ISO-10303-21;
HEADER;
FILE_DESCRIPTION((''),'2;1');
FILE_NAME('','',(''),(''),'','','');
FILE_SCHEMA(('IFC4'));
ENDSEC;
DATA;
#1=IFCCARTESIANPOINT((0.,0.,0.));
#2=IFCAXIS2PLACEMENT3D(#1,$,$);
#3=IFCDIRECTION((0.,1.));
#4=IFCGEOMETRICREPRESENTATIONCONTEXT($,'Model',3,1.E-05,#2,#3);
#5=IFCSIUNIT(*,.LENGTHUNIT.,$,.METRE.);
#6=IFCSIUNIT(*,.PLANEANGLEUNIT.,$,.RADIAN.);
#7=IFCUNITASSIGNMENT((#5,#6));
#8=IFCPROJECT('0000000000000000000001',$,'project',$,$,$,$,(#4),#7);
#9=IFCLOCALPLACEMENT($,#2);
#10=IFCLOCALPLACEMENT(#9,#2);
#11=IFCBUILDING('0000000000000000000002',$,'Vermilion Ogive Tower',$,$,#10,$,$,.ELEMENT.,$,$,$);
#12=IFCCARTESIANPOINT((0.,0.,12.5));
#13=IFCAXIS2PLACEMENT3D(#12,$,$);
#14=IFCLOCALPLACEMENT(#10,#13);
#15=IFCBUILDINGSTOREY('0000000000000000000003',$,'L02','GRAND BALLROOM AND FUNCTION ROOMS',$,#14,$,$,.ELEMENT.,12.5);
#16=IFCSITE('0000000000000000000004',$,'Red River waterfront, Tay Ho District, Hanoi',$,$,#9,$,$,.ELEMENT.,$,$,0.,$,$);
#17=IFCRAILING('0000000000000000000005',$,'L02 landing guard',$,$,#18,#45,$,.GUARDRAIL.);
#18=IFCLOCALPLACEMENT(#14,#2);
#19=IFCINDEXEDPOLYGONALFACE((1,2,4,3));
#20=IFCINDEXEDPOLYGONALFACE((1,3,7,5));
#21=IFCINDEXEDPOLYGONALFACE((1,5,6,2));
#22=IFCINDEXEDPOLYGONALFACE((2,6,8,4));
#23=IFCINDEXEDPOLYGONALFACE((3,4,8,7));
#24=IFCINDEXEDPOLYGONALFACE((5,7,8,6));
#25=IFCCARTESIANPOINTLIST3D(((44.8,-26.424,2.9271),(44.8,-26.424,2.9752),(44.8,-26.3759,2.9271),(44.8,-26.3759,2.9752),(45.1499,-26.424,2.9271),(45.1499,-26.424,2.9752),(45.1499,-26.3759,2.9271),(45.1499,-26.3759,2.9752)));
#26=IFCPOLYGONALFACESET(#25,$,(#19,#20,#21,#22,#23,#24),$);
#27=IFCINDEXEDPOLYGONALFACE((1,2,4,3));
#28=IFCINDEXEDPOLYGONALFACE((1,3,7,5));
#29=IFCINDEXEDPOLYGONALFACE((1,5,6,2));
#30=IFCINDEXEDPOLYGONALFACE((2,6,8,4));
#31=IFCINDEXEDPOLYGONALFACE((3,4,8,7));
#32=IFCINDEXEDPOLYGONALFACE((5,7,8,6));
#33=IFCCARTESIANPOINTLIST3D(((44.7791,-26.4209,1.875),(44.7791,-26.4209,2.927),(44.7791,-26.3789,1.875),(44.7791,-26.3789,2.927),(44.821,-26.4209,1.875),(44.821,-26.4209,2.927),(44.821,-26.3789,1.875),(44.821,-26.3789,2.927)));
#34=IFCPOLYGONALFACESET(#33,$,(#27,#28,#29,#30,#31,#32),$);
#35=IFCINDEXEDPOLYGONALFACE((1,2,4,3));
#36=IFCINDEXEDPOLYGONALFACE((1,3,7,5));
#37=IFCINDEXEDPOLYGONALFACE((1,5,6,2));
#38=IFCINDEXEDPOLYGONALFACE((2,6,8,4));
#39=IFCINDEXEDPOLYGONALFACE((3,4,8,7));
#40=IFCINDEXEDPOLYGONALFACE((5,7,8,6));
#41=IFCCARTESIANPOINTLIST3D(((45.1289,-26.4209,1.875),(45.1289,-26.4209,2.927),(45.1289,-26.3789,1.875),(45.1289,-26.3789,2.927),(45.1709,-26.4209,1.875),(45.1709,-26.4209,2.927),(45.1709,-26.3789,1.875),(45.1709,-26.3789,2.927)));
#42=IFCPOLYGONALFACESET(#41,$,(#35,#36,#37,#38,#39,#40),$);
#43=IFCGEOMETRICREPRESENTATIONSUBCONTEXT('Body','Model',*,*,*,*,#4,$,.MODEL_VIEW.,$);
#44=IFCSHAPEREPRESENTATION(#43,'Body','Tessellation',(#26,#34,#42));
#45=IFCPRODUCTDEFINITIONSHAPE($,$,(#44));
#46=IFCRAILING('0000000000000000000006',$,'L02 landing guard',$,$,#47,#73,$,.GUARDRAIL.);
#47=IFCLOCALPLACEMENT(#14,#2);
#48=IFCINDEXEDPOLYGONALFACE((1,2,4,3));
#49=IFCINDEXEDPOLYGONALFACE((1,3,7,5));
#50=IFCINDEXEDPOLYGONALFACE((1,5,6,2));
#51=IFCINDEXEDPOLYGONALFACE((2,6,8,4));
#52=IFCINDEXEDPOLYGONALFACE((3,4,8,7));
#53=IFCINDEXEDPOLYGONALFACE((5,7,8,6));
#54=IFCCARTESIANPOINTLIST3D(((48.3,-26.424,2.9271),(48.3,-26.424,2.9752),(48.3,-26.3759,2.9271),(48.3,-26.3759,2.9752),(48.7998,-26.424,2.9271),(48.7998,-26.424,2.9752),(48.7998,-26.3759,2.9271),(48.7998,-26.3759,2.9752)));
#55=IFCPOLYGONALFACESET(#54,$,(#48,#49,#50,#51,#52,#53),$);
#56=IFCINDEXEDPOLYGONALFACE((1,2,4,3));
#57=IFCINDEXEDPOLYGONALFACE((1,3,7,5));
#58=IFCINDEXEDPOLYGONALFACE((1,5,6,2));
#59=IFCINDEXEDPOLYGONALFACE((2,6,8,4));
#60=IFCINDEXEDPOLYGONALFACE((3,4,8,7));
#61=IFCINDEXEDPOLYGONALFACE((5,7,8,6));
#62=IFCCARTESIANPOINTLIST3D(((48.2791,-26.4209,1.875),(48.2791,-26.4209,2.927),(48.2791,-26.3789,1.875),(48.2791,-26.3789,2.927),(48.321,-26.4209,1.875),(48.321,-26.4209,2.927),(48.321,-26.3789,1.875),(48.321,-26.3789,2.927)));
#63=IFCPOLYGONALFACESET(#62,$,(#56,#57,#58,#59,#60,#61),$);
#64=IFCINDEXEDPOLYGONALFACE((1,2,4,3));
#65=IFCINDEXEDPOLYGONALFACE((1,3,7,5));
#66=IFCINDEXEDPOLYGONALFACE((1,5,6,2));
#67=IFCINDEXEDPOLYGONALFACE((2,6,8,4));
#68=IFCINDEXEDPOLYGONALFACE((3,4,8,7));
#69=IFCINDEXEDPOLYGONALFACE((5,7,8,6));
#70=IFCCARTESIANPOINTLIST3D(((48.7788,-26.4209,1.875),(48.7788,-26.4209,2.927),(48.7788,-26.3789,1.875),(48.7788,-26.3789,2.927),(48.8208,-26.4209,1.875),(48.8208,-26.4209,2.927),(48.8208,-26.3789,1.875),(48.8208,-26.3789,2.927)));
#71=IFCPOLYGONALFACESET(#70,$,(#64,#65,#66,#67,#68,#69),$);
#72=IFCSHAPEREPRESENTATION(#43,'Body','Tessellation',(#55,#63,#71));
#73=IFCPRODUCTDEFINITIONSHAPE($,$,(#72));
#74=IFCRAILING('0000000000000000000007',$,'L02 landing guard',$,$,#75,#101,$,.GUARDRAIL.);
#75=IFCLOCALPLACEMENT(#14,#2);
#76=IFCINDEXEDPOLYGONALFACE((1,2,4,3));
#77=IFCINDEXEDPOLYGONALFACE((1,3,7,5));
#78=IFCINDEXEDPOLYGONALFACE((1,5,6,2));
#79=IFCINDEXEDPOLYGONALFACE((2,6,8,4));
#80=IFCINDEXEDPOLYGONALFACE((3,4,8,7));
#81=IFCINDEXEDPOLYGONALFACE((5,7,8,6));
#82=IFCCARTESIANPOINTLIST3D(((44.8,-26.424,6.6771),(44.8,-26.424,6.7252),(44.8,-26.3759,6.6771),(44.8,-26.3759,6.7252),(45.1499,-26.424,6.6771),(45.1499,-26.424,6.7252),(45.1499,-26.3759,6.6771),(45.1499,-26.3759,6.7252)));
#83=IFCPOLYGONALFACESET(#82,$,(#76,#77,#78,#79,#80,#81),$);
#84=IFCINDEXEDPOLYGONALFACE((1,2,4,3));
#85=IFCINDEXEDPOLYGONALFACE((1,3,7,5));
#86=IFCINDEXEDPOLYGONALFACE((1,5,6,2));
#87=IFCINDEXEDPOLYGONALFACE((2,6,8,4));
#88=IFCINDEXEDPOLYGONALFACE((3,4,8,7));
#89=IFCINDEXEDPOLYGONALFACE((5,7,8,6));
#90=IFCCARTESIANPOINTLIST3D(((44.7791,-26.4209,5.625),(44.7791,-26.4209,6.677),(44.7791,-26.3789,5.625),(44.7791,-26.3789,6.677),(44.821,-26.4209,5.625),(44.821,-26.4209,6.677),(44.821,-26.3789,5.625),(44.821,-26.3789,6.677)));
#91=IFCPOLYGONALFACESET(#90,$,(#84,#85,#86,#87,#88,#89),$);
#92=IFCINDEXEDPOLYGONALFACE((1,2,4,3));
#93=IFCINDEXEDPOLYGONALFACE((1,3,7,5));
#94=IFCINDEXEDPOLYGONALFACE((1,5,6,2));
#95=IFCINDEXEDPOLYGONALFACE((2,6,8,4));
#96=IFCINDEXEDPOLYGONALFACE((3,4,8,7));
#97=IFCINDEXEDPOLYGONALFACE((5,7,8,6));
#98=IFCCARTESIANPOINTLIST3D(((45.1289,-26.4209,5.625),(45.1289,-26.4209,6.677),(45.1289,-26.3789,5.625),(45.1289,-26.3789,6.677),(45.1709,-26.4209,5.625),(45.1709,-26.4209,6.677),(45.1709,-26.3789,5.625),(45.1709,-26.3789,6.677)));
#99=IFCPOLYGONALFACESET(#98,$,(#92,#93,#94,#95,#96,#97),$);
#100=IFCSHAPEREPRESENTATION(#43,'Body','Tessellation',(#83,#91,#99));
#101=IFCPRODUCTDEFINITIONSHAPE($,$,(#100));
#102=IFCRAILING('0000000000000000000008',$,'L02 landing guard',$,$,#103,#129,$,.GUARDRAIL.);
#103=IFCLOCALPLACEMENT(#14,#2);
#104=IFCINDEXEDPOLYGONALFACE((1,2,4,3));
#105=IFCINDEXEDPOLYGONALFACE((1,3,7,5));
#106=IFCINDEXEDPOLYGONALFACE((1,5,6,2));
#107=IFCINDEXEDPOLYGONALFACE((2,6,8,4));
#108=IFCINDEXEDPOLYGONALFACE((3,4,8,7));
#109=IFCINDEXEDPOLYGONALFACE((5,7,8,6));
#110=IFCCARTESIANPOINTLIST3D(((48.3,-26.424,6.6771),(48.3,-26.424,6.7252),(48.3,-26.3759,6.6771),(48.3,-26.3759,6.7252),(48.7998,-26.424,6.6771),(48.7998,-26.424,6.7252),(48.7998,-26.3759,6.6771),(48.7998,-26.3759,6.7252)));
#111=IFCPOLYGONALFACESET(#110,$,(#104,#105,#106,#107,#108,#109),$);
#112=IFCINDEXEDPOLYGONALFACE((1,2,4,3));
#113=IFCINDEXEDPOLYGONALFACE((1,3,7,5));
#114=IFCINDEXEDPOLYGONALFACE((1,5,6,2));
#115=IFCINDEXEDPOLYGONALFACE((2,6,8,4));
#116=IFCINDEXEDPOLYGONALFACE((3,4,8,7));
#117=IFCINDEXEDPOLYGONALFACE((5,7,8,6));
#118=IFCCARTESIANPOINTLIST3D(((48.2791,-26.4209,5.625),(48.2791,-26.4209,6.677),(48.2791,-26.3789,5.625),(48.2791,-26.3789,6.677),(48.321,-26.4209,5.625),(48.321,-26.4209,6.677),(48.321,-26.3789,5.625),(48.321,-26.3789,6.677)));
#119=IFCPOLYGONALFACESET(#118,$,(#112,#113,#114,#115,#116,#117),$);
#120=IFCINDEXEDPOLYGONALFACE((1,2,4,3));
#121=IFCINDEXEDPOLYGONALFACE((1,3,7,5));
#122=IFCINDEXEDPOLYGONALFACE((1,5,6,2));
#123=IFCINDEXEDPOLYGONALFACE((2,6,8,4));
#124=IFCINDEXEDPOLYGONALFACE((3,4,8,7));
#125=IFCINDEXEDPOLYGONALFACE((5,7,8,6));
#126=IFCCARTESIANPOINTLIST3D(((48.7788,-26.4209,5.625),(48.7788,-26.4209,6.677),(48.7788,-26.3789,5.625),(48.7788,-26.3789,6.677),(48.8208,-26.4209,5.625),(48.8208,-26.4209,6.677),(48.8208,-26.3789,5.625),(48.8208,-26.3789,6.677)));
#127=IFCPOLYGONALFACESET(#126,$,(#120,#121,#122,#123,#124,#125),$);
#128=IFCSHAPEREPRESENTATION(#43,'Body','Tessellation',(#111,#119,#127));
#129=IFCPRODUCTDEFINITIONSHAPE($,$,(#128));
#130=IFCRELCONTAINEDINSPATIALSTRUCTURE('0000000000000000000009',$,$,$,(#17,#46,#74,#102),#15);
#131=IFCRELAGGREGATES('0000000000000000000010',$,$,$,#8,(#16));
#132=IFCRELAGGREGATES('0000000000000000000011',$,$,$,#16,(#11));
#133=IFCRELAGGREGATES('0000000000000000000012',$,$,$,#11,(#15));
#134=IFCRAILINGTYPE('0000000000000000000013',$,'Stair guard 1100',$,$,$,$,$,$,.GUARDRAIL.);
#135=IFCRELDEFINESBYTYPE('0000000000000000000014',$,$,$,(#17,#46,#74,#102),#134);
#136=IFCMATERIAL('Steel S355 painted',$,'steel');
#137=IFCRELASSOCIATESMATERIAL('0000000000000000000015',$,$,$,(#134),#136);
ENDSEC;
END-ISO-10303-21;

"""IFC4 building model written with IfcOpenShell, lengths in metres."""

from ifc_helpers import new_model, si_unit, direction, frame, origin, origin_2d, place, context, subcontext, project, spatial, rectangle, extrude, material, type_object, element, save


model = new_model("IFC4")

# Units and contexts
model_context = context("Model", 3, precision=1e-05, world=origin(), true_north=direction((0.0, 1.0)))
body_context = subcontext(model_context, "Body", "Model", "MODEL_VIEW")
ifc_project = project(units=[si_unit("LENGTHUNIT", "METRE"), si_unit("PLANEANGLEUNIT", "RADIAN")], contexts=[model_context])

# Site, building, storey
site_placement = place(None, origin())
site = spatial("IfcSite", under=ifc_project, at=site_placement, Name="Red River waterfront, Tay Ho District, Hanoi", CompositionType="ELEMENT", RefElevation=0.0)
building_placement = place(site_placement, origin())
building = spatial("IfcBuilding", under=site, at=building_placement, Name="Vermilion Ogive Tower", CompositionType="ELEMENT")
storey_placement = place(building_placement, frame((0.0, 0.0, 12.5)))
storey = spatial("IfcBuildingStorey", under=building, at=storey_placement, Name="L02", Description="GRAND BALLROOM AND FUNCTION ROOMS", CompositionType="ELEMENT", Elevation=12.5)

# Railings
ifc_material_1 = material(Name="Steel S355 painted", Category="steel")
railing_type_1 = type_object("IfcRailingType", Name="Stair guard 1100", PredefinedType="GUARDRAIL", material=ifc_material_1)
railing_1_placement = place(storey_placement, frame((44.8, -26.3999, 1.875)))
element("IfcRailing", 1, at=railing_1_placement, inside=storey, type_object=railing_type_1, Name="L02 landing guard", PredefinedType="GUARDRAIL", context=body_context, shape_type="SweptSolid", body=[
    extrude(rectangle(XDim=0.0481, YDim=0.0481, at=origin_2d()), frame((0.0, 0.0, 1.0762), z_axis=(1.0, 0.0, 0.0), x_axis=(0.0, 1.0, 0.0)), (0.0, 0.0, 1.0), 0.3499),
    extrude(rectangle(XDim=0.042, YDim=0.042, at=origin_2d()), origin(), (0.0, 0.0, 1.0), 1.052),
    extrude(rectangle(XDim=0.042, YDim=0.042, at=origin_2d()), frame((0.3499, 0.0, 0.0)), (0.0, 0.0, 1.0), 1.052),
])
railing_2_placement = place(storey_placement, frame((48.3, -26.3999, 1.875)))
element("IfcRailing", 2, at=railing_2_placement, inside=storey, type_object=railing_type_1, Name="L02 landing guard", PredefinedType="GUARDRAIL", context=body_context, shape_type="SweptSolid", body=[
    extrude(rectangle(XDim=0.0481, YDim=0.0481, at=origin_2d()), frame((0.0, 0.0, 1.0762), z_axis=(1.0, 0.0, 0.0), x_axis=(0.0, 1.0, 0.0)), (0.0, 0.0, 1.0), 0.4998),
    extrude(rectangle(XDim=0.042, YDim=0.042, at=origin_2d()), origin(), (0.0, 0.0, 1.0), 1.052),
    extrude(rectangle(XDim=0.042, YDim=0.042, at=origin_2d()), frame((0.4998, 0.0, 0.0)), (0.0, 0.0, 1.0), 1.052),
])
railing_3_placement = place(storey_placement, frame((44.8, -26.3999, 5.625)))
element("IfcRailing", 3, at=railing_3_placement, inside=storey, type_object=railing_type_1, Name="L02 landing guard", PredefinedType="GUARDRAIL", context=body_context, shape_type="SweptSolid", body=[
    extrude(rectangle(XDim=0.0481, YDim=0.0481, at=origin_2d()), frame((0.0, 0.0, 1.0762), z_axis=(1.0, 0.0, 0.0), x_axis=(0.0, 1.0, 0.0)), (0.0, 0.0, 1.0), 0.3499),
    extrude(rectangle(XDim=0.042, YDim=0.042, at=origin_2d()), origin(), (0.0, 0.0, 1.0), 1.052),
    extrude(rectangle(XDim=0.042, YDim=0.042, at=origin_2d()), frame((0.3499, 0.0, 0.0)), (0.0, 0.0, 1.0), 1.052),
])
railing_4_placement = place(storey_placement, frame((48.3, -26.3999, 5.625)))
element("IfcRailing", 4, at=railing_4_placement, inside=storey, type_object=railing_type_1, Name="L02 landing guard", PredefinedType="GUARDRAIL", context=body_context, shape_type="SweptSolid", body=[
    extrude(rectangle(XDim=0.0481, YDim=0.0481, at=origin_2d()), frame((0.0, 0.0, 1.0762), z_axis=(1.0, 0.0, 0.0), x_axis=(0.0, 1.0, 0.0)), (0.0, 0.0, 1.0), 0.4998),
    extrude(rectangle(XDim=0.042, YDim=0.042, at=origin_2d()), origin(), (0.0, 0.0, 1.0), 1.052),
    extrude(rectangle(XDim=0.042, YDim=0.042, at=origin_2d()), frame((0.4998, 0.0, 0.0)), (0.0, 0.0, 1.0), 1.052),
])

save(model, "model.ifc")
